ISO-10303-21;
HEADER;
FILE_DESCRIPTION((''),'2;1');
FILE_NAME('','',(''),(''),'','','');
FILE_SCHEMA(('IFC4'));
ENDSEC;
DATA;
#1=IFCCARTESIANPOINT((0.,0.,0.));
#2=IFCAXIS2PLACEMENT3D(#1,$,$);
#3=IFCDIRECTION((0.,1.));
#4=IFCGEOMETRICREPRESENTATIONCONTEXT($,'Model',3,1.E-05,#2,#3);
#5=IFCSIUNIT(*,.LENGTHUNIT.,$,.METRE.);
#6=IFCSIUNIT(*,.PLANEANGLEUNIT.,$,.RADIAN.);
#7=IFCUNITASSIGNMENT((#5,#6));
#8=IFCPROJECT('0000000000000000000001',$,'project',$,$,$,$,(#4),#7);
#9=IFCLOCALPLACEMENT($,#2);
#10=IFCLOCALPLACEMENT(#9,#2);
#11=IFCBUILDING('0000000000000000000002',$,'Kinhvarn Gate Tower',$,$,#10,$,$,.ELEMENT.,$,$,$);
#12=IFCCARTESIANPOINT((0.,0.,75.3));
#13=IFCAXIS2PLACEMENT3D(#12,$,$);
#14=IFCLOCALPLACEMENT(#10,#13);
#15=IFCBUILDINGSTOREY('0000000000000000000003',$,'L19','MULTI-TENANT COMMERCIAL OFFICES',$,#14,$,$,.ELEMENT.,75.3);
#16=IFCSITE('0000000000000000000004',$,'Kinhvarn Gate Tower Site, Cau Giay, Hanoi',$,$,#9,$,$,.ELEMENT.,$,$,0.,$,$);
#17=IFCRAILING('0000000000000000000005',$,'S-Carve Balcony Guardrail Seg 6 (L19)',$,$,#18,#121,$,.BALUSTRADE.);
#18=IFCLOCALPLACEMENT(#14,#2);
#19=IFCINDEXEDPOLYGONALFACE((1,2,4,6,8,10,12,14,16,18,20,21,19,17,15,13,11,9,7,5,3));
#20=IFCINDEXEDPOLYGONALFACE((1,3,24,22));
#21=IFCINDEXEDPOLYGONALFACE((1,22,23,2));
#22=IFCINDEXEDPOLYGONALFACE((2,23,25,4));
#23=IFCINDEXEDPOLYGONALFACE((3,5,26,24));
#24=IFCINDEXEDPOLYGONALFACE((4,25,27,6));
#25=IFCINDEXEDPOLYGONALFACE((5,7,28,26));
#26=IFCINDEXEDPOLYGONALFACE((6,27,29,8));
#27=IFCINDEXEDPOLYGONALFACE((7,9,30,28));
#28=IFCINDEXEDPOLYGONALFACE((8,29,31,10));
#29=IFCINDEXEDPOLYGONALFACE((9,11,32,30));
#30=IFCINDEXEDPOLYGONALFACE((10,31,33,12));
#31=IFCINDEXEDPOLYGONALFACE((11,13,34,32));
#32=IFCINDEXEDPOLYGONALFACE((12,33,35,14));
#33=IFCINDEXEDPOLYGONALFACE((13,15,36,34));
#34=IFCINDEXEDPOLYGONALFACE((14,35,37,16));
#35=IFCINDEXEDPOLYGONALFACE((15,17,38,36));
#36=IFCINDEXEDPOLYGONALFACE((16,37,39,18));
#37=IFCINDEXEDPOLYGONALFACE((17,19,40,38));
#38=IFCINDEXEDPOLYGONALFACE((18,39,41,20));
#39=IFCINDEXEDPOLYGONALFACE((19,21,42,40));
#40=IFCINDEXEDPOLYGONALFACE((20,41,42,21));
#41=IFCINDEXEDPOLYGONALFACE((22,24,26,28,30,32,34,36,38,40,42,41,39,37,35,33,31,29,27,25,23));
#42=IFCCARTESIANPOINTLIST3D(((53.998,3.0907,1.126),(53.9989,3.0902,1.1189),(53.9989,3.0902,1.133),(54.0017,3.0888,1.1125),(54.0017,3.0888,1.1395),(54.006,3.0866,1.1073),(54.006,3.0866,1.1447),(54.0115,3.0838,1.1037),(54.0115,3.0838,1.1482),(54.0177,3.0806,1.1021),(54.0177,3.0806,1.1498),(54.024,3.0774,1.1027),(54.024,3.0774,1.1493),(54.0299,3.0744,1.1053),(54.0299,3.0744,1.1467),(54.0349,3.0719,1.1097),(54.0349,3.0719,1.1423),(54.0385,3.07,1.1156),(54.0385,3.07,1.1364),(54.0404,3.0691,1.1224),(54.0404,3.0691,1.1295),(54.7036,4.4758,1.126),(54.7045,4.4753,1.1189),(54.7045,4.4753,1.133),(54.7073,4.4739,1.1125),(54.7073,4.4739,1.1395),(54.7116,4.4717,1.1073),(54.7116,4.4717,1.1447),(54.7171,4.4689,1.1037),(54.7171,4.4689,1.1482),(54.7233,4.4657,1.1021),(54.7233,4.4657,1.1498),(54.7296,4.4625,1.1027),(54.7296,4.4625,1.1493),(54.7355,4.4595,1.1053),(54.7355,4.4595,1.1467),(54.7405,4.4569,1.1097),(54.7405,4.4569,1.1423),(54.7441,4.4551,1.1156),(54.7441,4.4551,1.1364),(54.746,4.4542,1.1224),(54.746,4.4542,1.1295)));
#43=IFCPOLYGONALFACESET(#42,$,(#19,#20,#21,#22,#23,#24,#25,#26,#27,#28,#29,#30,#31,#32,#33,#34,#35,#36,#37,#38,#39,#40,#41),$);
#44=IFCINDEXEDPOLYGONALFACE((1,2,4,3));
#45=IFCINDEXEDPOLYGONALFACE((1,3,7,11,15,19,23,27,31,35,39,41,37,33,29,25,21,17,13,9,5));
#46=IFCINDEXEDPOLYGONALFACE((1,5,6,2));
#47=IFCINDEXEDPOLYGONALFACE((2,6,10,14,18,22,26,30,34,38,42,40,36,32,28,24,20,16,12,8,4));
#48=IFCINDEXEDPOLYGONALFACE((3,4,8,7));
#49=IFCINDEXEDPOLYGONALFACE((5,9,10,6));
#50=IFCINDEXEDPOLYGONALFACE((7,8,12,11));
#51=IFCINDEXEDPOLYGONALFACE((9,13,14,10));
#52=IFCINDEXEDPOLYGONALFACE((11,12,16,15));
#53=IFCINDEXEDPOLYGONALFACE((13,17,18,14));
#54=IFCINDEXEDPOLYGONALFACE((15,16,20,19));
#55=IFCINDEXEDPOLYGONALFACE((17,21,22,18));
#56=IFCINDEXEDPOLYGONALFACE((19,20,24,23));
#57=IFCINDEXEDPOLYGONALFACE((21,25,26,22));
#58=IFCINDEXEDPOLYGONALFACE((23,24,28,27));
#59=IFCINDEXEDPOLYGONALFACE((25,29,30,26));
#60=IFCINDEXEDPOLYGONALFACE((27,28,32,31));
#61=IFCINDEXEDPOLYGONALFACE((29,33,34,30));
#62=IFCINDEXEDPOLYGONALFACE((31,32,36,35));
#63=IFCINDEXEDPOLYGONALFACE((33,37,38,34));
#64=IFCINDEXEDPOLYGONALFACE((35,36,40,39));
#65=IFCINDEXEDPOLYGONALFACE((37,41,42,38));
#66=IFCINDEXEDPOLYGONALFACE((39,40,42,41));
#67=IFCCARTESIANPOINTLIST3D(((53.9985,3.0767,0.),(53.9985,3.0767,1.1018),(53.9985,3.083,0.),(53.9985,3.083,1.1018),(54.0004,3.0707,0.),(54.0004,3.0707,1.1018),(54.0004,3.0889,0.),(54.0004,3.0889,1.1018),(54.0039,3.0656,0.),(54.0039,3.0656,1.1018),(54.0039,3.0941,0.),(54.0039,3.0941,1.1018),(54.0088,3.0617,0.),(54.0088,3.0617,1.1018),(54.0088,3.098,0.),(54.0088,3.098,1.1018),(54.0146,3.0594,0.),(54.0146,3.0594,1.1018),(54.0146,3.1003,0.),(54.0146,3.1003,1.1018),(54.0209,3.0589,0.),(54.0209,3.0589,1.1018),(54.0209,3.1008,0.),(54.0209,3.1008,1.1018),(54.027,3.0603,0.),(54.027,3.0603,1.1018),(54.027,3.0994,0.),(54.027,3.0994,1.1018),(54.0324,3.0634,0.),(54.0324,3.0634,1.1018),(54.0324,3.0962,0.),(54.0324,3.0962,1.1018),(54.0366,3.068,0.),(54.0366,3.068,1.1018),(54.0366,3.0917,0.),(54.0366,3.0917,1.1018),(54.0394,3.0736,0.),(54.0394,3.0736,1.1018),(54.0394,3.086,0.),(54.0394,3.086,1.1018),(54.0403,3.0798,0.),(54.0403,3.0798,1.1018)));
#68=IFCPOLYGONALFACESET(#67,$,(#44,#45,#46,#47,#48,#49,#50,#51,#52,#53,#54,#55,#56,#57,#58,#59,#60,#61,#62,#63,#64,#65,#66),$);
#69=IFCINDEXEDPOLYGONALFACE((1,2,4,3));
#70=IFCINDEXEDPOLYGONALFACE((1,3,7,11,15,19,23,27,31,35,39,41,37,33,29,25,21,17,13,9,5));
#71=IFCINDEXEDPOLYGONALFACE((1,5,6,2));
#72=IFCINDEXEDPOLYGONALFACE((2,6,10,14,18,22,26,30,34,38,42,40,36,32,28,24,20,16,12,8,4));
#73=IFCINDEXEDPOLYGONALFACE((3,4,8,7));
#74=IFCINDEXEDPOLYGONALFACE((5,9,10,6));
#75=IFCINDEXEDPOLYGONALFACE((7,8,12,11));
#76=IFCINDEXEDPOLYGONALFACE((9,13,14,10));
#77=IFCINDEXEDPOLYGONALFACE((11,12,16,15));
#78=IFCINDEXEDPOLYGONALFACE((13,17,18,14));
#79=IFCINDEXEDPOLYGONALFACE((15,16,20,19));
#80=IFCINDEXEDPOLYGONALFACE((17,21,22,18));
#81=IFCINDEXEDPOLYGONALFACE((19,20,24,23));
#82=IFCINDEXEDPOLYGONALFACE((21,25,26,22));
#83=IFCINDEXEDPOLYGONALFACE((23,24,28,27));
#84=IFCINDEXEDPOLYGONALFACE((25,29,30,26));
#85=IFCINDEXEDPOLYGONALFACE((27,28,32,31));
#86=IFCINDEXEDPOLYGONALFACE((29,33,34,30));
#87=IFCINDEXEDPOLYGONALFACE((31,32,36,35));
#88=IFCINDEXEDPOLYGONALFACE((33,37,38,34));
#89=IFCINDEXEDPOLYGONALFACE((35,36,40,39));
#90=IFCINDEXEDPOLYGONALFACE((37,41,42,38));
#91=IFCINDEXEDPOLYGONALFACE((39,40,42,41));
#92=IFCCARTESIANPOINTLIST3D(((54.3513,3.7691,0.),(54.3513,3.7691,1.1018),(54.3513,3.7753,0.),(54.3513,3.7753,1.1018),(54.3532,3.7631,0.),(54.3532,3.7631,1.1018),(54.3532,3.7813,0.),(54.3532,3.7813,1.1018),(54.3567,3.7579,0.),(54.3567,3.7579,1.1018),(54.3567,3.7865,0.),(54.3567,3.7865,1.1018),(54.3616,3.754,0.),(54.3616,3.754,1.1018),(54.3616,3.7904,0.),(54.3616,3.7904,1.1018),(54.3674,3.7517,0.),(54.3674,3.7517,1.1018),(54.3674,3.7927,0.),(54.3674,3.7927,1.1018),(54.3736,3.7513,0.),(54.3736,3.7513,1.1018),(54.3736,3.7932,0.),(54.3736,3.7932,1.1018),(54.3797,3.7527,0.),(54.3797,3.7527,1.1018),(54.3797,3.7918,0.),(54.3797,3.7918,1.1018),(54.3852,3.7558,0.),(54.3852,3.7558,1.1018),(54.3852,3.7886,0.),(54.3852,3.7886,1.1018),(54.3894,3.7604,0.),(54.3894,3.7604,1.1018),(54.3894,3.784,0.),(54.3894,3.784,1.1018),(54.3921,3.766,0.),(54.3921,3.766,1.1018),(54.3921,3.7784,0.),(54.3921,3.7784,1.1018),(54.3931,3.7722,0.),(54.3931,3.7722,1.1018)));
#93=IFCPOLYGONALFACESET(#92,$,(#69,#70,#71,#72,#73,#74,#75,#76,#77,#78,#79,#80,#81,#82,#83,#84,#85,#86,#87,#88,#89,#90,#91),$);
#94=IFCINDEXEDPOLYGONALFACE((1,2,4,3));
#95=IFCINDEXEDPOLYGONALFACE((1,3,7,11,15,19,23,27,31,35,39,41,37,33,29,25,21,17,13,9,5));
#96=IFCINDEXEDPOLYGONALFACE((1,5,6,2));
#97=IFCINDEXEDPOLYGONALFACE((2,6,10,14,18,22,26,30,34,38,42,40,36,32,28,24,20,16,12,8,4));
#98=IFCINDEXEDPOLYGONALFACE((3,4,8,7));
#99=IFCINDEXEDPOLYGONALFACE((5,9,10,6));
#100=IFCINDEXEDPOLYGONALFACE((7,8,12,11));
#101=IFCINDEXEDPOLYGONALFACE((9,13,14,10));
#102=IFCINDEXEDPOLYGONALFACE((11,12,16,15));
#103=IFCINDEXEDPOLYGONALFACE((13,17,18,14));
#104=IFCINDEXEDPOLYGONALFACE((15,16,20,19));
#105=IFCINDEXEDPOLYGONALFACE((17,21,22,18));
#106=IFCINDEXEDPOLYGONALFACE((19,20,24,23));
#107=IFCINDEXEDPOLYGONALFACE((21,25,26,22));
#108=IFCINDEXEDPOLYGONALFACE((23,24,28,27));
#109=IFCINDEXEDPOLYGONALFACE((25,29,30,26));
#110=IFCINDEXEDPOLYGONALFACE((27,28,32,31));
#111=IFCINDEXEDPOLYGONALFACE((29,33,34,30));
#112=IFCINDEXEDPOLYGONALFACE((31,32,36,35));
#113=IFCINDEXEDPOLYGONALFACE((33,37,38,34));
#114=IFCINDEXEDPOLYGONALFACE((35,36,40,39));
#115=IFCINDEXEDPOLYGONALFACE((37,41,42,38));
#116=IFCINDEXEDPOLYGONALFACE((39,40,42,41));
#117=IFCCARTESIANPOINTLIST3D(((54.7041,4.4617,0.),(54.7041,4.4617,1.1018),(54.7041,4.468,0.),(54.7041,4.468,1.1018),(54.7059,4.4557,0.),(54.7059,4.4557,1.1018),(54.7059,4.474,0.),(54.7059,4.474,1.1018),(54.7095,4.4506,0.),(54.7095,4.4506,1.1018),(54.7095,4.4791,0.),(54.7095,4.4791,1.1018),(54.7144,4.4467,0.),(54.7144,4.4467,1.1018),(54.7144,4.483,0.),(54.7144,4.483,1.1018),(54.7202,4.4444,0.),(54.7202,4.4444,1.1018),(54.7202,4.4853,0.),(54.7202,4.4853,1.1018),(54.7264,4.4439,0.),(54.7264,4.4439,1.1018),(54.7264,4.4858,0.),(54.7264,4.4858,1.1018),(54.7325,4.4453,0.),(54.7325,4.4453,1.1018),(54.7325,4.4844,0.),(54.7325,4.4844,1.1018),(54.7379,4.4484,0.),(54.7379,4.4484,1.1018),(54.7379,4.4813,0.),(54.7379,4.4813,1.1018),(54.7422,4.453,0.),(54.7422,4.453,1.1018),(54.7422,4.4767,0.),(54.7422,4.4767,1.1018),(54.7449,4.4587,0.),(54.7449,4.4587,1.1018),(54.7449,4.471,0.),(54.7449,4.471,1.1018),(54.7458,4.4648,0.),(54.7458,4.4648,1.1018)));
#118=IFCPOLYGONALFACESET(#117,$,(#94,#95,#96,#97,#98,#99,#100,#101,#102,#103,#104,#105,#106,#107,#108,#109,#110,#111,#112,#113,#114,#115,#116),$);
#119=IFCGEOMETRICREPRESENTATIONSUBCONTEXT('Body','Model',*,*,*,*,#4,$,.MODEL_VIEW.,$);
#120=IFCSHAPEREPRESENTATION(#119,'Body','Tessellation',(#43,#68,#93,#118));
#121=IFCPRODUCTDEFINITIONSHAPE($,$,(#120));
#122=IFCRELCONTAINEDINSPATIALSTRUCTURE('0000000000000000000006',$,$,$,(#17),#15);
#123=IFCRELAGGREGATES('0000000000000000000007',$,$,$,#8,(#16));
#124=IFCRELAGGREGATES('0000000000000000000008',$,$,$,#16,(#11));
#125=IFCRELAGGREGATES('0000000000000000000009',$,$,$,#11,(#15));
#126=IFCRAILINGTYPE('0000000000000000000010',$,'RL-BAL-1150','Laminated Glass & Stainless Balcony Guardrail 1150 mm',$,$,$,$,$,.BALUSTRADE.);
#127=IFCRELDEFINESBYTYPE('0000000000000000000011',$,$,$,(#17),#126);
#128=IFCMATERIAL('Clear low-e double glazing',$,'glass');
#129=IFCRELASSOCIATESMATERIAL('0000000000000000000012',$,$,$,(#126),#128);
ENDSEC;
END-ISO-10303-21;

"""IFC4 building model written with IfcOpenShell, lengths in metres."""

from ifc_helpers import new_model, si_unit, direction, frame, origin, origin_2d, place, context, subcontext, project, spatial, circle, extrude, material, type_object, element, save


model = new_model("IFC4")

# Units and contexts
model_context = context("Model", 3, precision=1e-05, world=origin(), true_north=direction((0.0, 1.0)))
body_context = subcontext(model_context, "Body", "Model", "MODEL_VIEW")
ifc_project = project(units=[si_unit("LENGTHUNIT", "METRE"), si_unit("PLANEANGLEUNIT", "RADIAN")], contexts=[model_context])

# Site, building, storey
site_placement = place(None, origin())
site = spatial("IfcSite", under=ifc_project, at=site_placement, Name="Kinhvarn Gate Tower Site, Cau Giay, Hanoi", CompositionType="ELEMENT", RefElevation=0.0)
building_placement = place(site_placement, origin())
building = spatial("IfcBuilding", under=site, at=building_placement, Name="Kinhvarn Gate Tower", CompositionType="ELEMENT")
storey_placement = place(building_placement, frame((0.0, 0.0, 75.3)))
storey = spatial("IfcBuildingStorey", under=building, at=storey_placement, Name="L19", Description="MULTI-TENANT COMMERCIAL OFFICES", CompositionType="ELEMENT", Elevation=75.3)

# Shared definitions
ifc_material_1 = material(Name="Clear low-e double glazing", Category="glass")

# Railing
railing_type = type_object("IfcRailingType", Name="RL-BAL-1150", Description="Laminated Glass & Stainless Balcony Guardrail 1150 mm", PredefinedType="BALUSTRADE", material=ifc_material_1)
railing_1_placement = place(storey_placement, frame((54.0193, 3.0798, 0.0)))
element("IfcRailing", 1, at=railing_1_placement, inside=storey, type_object=railing_type, Name="S-Carve Balcony Guardrail Seg 6 (L19)", PredefinedType="BALUSTRADE", context=body_context, shape_type="SweptSolid", body=[
    extrude(circle(Radius=0.0239, at=origin_2d()), frame((0.0, 0.0, 1.126), z_axis=(0.453923, 0.891041, 0.0), x_axis=(-0.891041, 0.453923, 0.0)), (0.0, 0.0, 1.0), 1.5544),
    extrude(circle(Radius=0.021, at=origin_2d()), origin(), (0.0, 0.0, 1.0), 1.1018),
    extrude(circle(Radius=0.021, at=origin_2d()), frame((0.3528, 0.6924, 0.0)), (0.0, 0.0, 1.0), 1.1018),
    extrude(circle(Radius=0.021, at=origin_2d()), frame((0.7056, 1.385, 0.0)), (0.0, 0.0, 1.0), 1.1018),
])

save(model, "model.ifc")
